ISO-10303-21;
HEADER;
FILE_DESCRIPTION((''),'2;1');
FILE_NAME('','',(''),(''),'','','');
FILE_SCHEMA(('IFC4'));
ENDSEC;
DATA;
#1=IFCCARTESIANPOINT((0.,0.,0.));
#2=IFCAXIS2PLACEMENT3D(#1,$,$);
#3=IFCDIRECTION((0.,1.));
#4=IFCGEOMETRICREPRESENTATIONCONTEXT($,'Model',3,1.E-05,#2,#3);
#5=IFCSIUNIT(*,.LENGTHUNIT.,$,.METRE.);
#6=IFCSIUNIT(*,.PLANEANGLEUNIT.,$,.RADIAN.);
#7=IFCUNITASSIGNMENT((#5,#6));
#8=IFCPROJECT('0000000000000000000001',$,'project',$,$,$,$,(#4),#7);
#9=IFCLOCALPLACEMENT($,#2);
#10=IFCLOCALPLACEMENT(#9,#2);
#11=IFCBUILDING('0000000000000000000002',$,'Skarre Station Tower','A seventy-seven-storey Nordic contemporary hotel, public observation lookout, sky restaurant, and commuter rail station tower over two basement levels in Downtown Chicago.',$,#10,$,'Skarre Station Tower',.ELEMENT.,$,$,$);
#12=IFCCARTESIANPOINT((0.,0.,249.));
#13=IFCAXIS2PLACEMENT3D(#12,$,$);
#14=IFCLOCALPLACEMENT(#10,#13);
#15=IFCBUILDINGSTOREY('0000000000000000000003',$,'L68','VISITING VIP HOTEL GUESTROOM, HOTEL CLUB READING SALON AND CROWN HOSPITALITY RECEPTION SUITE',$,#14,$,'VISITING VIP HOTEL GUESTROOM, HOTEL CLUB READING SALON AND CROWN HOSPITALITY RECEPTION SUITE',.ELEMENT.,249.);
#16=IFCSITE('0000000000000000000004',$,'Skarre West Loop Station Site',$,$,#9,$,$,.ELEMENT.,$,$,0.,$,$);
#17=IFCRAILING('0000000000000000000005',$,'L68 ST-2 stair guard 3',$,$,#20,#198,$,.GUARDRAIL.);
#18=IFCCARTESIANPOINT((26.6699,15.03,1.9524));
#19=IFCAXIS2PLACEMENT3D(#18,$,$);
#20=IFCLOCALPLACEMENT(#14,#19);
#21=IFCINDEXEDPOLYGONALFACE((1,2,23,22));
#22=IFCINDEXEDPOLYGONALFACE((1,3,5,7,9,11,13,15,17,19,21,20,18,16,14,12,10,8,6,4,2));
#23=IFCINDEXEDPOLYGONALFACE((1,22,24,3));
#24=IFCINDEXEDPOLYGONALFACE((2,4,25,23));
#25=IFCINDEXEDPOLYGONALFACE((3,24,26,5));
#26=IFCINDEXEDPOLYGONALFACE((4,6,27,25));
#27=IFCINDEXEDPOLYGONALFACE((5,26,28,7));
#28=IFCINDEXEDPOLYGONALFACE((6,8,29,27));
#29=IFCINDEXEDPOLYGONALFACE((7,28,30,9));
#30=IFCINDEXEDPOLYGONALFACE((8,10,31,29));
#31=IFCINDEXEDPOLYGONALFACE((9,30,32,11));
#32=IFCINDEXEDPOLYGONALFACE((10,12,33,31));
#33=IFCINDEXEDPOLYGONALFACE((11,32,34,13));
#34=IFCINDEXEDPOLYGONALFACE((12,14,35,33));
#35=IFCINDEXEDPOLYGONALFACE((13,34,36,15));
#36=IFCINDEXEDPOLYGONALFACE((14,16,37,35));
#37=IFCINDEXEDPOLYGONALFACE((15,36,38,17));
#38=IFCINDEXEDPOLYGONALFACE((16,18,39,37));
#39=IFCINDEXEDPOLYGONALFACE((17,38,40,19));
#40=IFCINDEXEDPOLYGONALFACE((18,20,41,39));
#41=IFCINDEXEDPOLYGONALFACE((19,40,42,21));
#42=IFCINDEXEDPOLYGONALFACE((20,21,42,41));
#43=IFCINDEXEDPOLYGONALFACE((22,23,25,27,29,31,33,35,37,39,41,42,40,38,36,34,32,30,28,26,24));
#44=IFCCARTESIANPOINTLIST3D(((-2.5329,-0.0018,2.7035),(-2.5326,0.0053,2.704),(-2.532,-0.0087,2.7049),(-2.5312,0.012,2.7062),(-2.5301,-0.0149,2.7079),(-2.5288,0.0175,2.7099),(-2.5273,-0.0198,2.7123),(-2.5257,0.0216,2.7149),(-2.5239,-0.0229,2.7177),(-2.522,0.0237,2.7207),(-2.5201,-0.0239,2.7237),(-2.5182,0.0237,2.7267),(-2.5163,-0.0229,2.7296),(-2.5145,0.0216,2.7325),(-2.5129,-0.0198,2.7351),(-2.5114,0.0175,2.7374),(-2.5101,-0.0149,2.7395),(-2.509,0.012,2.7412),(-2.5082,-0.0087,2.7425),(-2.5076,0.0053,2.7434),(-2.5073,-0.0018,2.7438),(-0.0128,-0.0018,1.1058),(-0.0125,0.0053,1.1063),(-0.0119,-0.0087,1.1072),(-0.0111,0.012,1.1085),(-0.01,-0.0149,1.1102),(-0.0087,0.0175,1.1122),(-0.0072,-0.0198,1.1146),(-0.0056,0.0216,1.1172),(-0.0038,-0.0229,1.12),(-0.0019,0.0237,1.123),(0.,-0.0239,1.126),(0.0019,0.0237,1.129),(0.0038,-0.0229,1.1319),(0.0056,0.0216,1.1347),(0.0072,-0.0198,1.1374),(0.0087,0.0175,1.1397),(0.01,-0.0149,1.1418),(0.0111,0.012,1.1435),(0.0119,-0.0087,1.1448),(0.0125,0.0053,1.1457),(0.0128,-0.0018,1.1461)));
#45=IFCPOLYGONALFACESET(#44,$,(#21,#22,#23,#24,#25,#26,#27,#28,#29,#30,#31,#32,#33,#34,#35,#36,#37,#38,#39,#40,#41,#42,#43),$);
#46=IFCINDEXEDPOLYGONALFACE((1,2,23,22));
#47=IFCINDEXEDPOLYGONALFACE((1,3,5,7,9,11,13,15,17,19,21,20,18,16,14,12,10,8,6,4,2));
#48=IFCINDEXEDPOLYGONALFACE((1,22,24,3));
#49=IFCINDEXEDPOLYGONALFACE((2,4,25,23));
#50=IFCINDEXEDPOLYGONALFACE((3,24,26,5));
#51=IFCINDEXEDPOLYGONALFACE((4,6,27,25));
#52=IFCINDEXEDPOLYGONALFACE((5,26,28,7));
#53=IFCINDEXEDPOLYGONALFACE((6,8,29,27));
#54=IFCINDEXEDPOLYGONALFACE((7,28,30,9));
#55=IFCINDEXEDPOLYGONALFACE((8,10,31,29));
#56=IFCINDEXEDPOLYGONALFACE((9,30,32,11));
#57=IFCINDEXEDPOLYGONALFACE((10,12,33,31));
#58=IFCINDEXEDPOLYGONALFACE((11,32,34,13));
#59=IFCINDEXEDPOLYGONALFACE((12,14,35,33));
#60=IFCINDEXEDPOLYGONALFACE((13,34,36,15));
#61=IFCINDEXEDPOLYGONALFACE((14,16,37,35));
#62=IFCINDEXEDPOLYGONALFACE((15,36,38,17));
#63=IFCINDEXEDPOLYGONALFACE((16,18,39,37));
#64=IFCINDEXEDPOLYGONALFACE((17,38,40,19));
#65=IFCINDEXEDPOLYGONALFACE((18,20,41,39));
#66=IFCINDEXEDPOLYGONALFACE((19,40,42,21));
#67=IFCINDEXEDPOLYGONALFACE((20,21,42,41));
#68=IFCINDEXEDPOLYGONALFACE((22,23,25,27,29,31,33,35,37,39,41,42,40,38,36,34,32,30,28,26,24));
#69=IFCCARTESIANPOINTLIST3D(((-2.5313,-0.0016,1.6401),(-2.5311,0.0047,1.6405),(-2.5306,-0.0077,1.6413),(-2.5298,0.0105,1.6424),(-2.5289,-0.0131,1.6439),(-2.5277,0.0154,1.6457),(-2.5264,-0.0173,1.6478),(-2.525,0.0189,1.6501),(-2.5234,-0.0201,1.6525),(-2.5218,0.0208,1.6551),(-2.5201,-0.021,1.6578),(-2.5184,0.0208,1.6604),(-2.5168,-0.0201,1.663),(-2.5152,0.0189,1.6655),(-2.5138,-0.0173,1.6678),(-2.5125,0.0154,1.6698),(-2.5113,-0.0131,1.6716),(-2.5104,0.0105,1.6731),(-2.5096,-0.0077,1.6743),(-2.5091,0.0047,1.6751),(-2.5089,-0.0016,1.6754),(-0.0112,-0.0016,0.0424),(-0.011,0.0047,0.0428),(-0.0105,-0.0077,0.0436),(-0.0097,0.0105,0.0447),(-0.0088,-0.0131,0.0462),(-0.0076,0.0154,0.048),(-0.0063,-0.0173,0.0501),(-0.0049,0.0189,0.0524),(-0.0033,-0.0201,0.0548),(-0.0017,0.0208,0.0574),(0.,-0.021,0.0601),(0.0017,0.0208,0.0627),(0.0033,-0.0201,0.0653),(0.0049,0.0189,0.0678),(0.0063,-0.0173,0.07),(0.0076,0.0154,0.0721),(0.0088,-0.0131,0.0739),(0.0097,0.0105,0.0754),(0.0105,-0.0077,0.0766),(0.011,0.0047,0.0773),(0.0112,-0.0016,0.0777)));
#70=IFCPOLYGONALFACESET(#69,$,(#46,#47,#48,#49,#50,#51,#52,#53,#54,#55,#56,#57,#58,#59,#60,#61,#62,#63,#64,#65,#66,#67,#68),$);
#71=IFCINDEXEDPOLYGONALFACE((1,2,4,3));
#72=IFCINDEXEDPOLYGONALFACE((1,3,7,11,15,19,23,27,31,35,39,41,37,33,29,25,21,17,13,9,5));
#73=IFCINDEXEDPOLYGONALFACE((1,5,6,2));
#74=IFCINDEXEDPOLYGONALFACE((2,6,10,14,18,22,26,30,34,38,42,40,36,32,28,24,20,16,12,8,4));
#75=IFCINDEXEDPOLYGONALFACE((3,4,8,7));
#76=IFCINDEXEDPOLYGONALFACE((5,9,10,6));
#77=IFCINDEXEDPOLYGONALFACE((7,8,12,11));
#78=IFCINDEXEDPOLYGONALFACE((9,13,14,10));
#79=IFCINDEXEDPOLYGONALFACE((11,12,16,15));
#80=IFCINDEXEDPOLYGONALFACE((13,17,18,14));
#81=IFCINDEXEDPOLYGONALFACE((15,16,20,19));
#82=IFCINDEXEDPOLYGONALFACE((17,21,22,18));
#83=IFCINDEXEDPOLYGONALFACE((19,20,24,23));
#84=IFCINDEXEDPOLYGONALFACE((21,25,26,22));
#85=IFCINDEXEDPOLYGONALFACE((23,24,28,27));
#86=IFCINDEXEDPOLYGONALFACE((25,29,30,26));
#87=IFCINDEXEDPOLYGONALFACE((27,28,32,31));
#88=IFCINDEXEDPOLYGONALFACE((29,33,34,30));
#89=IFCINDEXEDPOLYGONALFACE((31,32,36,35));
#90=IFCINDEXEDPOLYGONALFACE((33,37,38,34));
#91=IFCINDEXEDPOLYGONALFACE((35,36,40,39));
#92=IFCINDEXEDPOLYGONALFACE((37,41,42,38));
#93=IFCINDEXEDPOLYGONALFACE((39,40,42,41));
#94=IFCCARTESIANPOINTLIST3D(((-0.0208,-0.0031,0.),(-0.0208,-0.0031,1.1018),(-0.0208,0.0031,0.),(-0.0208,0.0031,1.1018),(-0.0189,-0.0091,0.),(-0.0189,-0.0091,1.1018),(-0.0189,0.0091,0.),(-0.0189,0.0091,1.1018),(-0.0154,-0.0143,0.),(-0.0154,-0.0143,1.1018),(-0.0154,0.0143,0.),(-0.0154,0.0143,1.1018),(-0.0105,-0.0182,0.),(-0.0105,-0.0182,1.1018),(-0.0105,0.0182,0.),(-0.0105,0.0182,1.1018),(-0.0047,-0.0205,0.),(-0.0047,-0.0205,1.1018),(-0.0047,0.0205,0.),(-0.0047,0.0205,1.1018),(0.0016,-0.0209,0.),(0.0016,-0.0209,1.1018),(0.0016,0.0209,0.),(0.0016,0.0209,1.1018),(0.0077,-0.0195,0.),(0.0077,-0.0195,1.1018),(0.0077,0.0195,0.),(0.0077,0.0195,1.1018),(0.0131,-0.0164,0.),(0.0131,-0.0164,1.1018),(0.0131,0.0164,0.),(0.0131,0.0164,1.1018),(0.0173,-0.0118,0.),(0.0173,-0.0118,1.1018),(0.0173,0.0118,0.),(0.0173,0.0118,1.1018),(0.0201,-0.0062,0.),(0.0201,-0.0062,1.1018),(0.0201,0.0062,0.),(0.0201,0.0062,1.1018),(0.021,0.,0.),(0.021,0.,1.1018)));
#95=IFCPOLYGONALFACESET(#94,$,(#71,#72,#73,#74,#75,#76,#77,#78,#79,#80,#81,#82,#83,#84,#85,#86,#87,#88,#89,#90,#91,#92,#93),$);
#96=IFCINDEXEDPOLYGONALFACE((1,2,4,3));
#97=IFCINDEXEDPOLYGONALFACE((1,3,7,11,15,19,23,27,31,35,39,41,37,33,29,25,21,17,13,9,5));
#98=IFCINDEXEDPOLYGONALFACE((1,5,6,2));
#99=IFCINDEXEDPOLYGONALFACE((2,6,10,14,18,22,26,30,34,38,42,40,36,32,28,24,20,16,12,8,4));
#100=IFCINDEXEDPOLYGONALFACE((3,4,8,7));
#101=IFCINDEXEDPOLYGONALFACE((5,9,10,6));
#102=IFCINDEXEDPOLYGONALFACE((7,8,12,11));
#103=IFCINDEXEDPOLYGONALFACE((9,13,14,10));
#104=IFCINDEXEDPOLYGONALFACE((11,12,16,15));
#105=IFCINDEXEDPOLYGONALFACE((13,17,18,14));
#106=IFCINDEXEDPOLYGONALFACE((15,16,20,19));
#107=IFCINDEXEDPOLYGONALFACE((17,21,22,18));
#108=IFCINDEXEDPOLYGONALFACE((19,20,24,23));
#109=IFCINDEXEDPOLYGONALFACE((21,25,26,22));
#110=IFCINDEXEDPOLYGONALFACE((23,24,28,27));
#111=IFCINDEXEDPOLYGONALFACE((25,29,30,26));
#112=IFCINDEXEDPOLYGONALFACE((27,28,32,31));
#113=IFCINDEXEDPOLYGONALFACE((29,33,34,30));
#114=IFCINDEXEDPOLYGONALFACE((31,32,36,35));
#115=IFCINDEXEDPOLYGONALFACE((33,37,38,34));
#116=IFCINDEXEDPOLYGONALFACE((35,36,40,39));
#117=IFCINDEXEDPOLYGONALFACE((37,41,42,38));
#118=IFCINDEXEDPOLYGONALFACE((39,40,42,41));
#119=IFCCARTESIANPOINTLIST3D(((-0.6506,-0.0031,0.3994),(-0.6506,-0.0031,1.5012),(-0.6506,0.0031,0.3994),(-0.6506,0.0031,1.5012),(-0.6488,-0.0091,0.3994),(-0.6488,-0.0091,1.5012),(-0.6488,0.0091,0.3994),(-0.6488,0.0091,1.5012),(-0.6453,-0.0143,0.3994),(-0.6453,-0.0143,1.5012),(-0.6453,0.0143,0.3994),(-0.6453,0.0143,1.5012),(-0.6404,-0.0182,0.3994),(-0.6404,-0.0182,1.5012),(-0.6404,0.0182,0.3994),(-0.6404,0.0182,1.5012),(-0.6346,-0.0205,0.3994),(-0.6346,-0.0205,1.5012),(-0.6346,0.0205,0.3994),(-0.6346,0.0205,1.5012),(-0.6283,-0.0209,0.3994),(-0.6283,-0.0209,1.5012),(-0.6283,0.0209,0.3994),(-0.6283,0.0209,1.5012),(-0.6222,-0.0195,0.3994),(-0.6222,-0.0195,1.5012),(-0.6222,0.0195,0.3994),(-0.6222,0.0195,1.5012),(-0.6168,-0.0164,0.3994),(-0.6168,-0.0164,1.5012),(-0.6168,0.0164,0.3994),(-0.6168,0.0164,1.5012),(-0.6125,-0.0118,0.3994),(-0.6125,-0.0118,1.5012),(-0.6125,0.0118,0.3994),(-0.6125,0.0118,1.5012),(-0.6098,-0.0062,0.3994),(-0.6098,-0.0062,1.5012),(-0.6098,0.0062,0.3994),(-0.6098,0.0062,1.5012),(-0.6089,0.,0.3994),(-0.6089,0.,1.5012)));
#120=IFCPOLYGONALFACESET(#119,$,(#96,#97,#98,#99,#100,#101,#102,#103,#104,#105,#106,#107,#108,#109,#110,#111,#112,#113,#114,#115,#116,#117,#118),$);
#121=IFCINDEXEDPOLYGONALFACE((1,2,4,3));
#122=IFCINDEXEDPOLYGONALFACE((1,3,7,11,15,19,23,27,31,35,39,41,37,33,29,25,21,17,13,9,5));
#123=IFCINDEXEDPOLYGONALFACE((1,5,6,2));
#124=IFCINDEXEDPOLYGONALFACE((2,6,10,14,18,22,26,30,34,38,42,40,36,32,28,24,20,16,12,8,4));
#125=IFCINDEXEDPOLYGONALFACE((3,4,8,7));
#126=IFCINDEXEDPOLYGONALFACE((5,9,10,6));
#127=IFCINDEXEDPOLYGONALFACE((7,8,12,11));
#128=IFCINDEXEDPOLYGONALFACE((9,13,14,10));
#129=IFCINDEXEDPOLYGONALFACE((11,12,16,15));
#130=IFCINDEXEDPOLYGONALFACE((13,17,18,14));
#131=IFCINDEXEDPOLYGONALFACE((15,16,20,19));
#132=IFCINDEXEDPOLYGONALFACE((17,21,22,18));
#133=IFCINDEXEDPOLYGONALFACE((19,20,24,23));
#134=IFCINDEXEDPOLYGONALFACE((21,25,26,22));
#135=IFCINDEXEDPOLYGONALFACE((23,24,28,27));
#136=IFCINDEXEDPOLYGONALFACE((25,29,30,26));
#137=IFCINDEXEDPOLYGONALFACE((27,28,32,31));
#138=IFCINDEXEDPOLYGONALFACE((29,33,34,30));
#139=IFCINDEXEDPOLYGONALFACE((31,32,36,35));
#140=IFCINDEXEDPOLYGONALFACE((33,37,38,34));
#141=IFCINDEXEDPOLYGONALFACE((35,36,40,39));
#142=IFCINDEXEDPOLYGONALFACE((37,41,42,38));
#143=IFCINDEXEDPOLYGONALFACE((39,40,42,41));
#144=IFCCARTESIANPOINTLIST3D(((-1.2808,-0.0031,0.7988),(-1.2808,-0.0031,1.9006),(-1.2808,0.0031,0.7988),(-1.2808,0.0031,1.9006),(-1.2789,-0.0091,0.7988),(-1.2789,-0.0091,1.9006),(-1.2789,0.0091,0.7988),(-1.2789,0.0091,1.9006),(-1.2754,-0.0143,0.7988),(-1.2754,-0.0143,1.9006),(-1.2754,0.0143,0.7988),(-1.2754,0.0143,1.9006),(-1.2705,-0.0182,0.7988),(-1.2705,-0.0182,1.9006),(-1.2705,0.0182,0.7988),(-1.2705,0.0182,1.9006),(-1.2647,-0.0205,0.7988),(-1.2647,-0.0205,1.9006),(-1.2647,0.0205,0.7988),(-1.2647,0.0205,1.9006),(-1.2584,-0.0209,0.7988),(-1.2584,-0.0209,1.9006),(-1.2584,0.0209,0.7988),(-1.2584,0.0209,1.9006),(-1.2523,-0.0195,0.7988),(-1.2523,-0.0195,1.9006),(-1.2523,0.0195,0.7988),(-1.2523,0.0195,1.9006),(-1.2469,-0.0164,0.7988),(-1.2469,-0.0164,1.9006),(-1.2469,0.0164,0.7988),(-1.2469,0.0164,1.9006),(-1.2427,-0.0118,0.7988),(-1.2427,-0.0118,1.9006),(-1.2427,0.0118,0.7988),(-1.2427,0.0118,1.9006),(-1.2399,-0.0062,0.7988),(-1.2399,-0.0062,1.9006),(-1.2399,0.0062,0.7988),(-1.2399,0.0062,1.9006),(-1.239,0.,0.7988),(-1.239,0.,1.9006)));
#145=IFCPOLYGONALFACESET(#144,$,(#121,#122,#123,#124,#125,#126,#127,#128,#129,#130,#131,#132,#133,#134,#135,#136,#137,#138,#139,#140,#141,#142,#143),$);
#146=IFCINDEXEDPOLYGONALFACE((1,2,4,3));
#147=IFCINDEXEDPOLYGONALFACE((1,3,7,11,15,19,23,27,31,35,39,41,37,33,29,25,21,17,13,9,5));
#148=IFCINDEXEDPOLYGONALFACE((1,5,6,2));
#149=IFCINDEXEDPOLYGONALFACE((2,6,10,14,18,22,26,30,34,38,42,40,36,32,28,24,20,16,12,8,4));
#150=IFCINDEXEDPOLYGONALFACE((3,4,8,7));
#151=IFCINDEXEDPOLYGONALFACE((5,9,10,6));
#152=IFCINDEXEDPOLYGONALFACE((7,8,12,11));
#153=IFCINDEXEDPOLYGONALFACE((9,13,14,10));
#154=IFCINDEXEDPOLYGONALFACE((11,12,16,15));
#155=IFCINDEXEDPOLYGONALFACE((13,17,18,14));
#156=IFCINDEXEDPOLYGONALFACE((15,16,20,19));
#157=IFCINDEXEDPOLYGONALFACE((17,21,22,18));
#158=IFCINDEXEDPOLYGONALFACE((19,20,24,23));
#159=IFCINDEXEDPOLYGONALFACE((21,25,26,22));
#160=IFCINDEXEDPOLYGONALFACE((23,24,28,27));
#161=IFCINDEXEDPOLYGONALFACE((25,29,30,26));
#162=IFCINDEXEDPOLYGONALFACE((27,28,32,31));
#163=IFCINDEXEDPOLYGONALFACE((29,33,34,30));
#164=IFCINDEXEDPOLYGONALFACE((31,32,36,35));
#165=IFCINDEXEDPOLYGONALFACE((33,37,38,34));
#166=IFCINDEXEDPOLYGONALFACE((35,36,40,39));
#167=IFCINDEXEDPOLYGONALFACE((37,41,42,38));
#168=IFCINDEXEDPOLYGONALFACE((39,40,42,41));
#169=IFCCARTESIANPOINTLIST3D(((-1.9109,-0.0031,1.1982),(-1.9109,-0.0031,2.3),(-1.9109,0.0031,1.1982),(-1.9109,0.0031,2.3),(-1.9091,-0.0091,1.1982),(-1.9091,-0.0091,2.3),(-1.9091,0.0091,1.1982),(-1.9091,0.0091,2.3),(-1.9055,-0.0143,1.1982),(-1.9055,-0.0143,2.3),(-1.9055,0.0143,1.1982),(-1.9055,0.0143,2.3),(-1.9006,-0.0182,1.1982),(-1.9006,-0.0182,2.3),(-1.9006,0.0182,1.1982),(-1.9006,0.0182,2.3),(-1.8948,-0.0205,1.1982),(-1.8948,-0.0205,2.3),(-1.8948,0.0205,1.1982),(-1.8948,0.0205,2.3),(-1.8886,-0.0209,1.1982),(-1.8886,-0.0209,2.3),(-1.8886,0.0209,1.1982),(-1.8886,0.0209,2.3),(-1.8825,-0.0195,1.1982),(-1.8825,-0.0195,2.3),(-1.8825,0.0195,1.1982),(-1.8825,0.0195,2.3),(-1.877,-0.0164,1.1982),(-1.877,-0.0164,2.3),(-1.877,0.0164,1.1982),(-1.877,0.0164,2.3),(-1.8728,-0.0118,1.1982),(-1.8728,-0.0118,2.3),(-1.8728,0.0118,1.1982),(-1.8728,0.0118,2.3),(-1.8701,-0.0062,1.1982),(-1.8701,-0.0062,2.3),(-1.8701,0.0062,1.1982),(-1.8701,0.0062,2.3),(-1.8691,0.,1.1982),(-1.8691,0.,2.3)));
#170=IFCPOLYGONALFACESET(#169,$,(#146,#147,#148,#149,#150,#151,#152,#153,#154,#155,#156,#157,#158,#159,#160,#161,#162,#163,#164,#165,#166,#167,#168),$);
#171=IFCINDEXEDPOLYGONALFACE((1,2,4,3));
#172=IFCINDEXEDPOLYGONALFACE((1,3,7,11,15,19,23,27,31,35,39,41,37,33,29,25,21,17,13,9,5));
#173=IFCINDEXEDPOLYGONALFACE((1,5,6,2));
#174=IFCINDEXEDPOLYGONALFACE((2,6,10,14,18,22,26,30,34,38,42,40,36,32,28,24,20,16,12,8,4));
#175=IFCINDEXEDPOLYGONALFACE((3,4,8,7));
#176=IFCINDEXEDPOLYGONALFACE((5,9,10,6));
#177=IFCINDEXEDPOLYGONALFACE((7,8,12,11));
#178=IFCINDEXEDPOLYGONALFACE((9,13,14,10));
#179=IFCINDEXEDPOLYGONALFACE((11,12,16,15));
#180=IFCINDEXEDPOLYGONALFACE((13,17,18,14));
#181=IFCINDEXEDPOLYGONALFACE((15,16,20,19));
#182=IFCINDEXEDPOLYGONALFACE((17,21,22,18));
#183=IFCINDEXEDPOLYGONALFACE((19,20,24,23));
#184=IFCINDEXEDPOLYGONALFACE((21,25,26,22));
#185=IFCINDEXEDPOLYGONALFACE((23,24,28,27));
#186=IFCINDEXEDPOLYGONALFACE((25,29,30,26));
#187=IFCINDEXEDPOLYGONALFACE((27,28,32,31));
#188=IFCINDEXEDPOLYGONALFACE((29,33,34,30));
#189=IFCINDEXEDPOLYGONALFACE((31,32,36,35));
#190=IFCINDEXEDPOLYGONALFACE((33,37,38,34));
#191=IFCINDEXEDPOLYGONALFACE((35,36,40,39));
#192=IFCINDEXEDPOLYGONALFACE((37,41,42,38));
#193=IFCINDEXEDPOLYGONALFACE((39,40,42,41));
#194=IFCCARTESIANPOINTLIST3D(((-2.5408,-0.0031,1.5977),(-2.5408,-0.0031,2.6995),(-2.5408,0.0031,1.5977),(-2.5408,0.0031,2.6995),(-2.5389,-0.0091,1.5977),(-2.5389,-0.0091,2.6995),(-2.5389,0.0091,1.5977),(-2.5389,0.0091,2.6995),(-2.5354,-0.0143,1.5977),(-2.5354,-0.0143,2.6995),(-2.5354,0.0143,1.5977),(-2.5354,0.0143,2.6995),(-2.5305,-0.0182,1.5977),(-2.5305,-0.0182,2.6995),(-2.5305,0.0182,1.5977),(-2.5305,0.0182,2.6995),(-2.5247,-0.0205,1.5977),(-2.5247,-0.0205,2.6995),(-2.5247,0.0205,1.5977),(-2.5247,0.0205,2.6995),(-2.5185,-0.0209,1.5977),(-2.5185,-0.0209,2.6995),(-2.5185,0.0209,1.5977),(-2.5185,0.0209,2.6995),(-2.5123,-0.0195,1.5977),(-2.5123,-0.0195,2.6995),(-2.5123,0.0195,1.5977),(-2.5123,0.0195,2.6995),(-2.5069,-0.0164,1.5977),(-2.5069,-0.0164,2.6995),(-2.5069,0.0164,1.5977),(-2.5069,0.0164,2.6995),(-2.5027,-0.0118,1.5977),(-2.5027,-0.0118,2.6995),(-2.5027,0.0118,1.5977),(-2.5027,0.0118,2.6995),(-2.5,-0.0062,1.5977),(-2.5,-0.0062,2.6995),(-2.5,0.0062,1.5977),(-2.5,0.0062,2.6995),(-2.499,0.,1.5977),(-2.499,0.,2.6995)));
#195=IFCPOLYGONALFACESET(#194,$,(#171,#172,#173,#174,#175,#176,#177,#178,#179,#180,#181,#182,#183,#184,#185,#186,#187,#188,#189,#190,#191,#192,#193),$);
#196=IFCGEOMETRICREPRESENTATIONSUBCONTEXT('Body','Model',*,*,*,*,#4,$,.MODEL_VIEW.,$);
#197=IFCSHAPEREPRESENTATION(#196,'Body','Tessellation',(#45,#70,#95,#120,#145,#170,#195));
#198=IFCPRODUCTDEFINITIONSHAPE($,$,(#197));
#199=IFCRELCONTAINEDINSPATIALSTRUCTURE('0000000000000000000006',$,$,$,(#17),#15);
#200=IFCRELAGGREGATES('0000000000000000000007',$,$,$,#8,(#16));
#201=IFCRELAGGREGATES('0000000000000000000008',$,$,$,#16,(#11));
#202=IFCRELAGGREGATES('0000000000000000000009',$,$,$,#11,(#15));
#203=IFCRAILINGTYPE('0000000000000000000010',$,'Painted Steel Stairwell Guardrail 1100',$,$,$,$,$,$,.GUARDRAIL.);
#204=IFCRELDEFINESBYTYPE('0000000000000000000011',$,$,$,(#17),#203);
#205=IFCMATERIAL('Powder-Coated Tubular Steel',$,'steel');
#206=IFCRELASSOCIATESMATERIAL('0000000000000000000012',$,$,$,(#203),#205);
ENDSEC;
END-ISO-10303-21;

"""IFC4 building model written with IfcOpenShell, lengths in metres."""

from ifc_helpers import new_model, si_unit, direction, frame, origin, origin_2d, place, context, subcontext, project, spatial, circle, extrude, material, type_object, element, save


model = new_model("IFC4")

# Units and contexts
model_context = context("Model", 3, precision=1e-05, world=origin(), true_north=direction((0.0, 1.0)))
body_context = subcontext(model_context, "Body", "Model", "MODEL_VIEW")
ifc_project = project(units=[si_unit("LENGTHUNIT", "METRE"), si_unit("PLANEANGLEUNIT", "RADIAN")], contexts=[model_context])

# Site, building, storey
site_placement = place(None, origin())
site = spatial("IfcSite", under=ifc_project, at=site_placement, Name="Skarre West Loop Station Site", CompositionType="ELEMENT", RefElevation=0.0)
building_placement = place(site_placement, origin())
building = spatial("IfcBuilding", under=site, at=building_placement, Name="Skarre Station Tower", Description="A seventy-seven-storey Nordic contemporary hotel, public observation lookout, sky restaurant, and commuter rail station tower over two basement levels in Downtown Chicago.", LongName="Skarre Station Tower", CompositionType="ELEMENT")
storey_placement = place(building_placement, frame((0.0, 0.0, 249.0)))
storey = spatial("IfcBuildingStorey", under=building, at=storey_placement, Name="L68", Description="VISITING VIP HOTEL GUESTROOM, HOTEL CLUB READING SALON AND CROWN HOSPITALITY RECEPTION SUITE", LongName="VISITING VIP HOTEL GUESTROOM, HOTEL CLUB READING SALON AND CROWN HOSPITALITY RECEPTION SUITE", CompositionType="ELEMENT", Elevation=249.0)

# Railing
ifc_material_1 = material(Name="Powder-Coated Tubular Steel", Category="steel")
railing_type_1 = type_object("IfcRailingType", Name="Painted Steel Stairwell Guardrail 1100", PredefinedType="GUARDRAIL", material=ifc_material_1)
railing_1_placement = place(storey_placement, frame((26.6699, 15.03, 1.9524)))
element("IfcRailing", 1, at=railing_1_placement, inside=storey, type_object=railing_type_1, Name="L68 ST-2 stair guard 3", PredefinedType="GUARDRAIL", context=body_context, shape_type="SweptSolid", body=[
    extrude(circle(Radius=0.0239, at=origin_2d()), frame((0.0, 0.0, 1.126), z_axis=(-0.84457, 0.0, 0.535445), x_axis=(0.0, -1.0, 0.0)), (0.0, 0.0, 1.0), 2.9839),
    extrude(circle(Radius=0.021, at=origin_2d()), frame((0.0, 0.0, 0.0601), z_axis=(-0.84457, 0.0, 0.535445), x_axis=(0.0, -1.0, 0.0)), (0.0, 0.0, 1.0), 2.9839),
    extrude(circle(Radius=0.021, at=origin_2d()), origin(), (0.0, 0.0, 1.0), 1.1018),
    extrude(circle(Radius=0.021, at=origin_2d()), frame((-0.6299, 0.0, 0.3994)), (0.0, 0.0, 1.0), 1.1018),
    extrude(circle(Radius=0.021, at=origin_2d()), frame((-1.26, 0.0, 0.7988)), (0.0, 0.0, 1.0), 1.1018),
    extrude(circle(Radius=0.021, at=origin_2d()), frame((-1.8901, 0.0, 1.1982)), (0.0, 0.0, 1.0), 1.1018),
    extrude(circle(Radius=0.021, at=origin_2d()), frame((-2.52, 0.0, 1.5977)), (0.0, 0.0, 1.0), 1.1018),
])

save(model, "model.ifc")
